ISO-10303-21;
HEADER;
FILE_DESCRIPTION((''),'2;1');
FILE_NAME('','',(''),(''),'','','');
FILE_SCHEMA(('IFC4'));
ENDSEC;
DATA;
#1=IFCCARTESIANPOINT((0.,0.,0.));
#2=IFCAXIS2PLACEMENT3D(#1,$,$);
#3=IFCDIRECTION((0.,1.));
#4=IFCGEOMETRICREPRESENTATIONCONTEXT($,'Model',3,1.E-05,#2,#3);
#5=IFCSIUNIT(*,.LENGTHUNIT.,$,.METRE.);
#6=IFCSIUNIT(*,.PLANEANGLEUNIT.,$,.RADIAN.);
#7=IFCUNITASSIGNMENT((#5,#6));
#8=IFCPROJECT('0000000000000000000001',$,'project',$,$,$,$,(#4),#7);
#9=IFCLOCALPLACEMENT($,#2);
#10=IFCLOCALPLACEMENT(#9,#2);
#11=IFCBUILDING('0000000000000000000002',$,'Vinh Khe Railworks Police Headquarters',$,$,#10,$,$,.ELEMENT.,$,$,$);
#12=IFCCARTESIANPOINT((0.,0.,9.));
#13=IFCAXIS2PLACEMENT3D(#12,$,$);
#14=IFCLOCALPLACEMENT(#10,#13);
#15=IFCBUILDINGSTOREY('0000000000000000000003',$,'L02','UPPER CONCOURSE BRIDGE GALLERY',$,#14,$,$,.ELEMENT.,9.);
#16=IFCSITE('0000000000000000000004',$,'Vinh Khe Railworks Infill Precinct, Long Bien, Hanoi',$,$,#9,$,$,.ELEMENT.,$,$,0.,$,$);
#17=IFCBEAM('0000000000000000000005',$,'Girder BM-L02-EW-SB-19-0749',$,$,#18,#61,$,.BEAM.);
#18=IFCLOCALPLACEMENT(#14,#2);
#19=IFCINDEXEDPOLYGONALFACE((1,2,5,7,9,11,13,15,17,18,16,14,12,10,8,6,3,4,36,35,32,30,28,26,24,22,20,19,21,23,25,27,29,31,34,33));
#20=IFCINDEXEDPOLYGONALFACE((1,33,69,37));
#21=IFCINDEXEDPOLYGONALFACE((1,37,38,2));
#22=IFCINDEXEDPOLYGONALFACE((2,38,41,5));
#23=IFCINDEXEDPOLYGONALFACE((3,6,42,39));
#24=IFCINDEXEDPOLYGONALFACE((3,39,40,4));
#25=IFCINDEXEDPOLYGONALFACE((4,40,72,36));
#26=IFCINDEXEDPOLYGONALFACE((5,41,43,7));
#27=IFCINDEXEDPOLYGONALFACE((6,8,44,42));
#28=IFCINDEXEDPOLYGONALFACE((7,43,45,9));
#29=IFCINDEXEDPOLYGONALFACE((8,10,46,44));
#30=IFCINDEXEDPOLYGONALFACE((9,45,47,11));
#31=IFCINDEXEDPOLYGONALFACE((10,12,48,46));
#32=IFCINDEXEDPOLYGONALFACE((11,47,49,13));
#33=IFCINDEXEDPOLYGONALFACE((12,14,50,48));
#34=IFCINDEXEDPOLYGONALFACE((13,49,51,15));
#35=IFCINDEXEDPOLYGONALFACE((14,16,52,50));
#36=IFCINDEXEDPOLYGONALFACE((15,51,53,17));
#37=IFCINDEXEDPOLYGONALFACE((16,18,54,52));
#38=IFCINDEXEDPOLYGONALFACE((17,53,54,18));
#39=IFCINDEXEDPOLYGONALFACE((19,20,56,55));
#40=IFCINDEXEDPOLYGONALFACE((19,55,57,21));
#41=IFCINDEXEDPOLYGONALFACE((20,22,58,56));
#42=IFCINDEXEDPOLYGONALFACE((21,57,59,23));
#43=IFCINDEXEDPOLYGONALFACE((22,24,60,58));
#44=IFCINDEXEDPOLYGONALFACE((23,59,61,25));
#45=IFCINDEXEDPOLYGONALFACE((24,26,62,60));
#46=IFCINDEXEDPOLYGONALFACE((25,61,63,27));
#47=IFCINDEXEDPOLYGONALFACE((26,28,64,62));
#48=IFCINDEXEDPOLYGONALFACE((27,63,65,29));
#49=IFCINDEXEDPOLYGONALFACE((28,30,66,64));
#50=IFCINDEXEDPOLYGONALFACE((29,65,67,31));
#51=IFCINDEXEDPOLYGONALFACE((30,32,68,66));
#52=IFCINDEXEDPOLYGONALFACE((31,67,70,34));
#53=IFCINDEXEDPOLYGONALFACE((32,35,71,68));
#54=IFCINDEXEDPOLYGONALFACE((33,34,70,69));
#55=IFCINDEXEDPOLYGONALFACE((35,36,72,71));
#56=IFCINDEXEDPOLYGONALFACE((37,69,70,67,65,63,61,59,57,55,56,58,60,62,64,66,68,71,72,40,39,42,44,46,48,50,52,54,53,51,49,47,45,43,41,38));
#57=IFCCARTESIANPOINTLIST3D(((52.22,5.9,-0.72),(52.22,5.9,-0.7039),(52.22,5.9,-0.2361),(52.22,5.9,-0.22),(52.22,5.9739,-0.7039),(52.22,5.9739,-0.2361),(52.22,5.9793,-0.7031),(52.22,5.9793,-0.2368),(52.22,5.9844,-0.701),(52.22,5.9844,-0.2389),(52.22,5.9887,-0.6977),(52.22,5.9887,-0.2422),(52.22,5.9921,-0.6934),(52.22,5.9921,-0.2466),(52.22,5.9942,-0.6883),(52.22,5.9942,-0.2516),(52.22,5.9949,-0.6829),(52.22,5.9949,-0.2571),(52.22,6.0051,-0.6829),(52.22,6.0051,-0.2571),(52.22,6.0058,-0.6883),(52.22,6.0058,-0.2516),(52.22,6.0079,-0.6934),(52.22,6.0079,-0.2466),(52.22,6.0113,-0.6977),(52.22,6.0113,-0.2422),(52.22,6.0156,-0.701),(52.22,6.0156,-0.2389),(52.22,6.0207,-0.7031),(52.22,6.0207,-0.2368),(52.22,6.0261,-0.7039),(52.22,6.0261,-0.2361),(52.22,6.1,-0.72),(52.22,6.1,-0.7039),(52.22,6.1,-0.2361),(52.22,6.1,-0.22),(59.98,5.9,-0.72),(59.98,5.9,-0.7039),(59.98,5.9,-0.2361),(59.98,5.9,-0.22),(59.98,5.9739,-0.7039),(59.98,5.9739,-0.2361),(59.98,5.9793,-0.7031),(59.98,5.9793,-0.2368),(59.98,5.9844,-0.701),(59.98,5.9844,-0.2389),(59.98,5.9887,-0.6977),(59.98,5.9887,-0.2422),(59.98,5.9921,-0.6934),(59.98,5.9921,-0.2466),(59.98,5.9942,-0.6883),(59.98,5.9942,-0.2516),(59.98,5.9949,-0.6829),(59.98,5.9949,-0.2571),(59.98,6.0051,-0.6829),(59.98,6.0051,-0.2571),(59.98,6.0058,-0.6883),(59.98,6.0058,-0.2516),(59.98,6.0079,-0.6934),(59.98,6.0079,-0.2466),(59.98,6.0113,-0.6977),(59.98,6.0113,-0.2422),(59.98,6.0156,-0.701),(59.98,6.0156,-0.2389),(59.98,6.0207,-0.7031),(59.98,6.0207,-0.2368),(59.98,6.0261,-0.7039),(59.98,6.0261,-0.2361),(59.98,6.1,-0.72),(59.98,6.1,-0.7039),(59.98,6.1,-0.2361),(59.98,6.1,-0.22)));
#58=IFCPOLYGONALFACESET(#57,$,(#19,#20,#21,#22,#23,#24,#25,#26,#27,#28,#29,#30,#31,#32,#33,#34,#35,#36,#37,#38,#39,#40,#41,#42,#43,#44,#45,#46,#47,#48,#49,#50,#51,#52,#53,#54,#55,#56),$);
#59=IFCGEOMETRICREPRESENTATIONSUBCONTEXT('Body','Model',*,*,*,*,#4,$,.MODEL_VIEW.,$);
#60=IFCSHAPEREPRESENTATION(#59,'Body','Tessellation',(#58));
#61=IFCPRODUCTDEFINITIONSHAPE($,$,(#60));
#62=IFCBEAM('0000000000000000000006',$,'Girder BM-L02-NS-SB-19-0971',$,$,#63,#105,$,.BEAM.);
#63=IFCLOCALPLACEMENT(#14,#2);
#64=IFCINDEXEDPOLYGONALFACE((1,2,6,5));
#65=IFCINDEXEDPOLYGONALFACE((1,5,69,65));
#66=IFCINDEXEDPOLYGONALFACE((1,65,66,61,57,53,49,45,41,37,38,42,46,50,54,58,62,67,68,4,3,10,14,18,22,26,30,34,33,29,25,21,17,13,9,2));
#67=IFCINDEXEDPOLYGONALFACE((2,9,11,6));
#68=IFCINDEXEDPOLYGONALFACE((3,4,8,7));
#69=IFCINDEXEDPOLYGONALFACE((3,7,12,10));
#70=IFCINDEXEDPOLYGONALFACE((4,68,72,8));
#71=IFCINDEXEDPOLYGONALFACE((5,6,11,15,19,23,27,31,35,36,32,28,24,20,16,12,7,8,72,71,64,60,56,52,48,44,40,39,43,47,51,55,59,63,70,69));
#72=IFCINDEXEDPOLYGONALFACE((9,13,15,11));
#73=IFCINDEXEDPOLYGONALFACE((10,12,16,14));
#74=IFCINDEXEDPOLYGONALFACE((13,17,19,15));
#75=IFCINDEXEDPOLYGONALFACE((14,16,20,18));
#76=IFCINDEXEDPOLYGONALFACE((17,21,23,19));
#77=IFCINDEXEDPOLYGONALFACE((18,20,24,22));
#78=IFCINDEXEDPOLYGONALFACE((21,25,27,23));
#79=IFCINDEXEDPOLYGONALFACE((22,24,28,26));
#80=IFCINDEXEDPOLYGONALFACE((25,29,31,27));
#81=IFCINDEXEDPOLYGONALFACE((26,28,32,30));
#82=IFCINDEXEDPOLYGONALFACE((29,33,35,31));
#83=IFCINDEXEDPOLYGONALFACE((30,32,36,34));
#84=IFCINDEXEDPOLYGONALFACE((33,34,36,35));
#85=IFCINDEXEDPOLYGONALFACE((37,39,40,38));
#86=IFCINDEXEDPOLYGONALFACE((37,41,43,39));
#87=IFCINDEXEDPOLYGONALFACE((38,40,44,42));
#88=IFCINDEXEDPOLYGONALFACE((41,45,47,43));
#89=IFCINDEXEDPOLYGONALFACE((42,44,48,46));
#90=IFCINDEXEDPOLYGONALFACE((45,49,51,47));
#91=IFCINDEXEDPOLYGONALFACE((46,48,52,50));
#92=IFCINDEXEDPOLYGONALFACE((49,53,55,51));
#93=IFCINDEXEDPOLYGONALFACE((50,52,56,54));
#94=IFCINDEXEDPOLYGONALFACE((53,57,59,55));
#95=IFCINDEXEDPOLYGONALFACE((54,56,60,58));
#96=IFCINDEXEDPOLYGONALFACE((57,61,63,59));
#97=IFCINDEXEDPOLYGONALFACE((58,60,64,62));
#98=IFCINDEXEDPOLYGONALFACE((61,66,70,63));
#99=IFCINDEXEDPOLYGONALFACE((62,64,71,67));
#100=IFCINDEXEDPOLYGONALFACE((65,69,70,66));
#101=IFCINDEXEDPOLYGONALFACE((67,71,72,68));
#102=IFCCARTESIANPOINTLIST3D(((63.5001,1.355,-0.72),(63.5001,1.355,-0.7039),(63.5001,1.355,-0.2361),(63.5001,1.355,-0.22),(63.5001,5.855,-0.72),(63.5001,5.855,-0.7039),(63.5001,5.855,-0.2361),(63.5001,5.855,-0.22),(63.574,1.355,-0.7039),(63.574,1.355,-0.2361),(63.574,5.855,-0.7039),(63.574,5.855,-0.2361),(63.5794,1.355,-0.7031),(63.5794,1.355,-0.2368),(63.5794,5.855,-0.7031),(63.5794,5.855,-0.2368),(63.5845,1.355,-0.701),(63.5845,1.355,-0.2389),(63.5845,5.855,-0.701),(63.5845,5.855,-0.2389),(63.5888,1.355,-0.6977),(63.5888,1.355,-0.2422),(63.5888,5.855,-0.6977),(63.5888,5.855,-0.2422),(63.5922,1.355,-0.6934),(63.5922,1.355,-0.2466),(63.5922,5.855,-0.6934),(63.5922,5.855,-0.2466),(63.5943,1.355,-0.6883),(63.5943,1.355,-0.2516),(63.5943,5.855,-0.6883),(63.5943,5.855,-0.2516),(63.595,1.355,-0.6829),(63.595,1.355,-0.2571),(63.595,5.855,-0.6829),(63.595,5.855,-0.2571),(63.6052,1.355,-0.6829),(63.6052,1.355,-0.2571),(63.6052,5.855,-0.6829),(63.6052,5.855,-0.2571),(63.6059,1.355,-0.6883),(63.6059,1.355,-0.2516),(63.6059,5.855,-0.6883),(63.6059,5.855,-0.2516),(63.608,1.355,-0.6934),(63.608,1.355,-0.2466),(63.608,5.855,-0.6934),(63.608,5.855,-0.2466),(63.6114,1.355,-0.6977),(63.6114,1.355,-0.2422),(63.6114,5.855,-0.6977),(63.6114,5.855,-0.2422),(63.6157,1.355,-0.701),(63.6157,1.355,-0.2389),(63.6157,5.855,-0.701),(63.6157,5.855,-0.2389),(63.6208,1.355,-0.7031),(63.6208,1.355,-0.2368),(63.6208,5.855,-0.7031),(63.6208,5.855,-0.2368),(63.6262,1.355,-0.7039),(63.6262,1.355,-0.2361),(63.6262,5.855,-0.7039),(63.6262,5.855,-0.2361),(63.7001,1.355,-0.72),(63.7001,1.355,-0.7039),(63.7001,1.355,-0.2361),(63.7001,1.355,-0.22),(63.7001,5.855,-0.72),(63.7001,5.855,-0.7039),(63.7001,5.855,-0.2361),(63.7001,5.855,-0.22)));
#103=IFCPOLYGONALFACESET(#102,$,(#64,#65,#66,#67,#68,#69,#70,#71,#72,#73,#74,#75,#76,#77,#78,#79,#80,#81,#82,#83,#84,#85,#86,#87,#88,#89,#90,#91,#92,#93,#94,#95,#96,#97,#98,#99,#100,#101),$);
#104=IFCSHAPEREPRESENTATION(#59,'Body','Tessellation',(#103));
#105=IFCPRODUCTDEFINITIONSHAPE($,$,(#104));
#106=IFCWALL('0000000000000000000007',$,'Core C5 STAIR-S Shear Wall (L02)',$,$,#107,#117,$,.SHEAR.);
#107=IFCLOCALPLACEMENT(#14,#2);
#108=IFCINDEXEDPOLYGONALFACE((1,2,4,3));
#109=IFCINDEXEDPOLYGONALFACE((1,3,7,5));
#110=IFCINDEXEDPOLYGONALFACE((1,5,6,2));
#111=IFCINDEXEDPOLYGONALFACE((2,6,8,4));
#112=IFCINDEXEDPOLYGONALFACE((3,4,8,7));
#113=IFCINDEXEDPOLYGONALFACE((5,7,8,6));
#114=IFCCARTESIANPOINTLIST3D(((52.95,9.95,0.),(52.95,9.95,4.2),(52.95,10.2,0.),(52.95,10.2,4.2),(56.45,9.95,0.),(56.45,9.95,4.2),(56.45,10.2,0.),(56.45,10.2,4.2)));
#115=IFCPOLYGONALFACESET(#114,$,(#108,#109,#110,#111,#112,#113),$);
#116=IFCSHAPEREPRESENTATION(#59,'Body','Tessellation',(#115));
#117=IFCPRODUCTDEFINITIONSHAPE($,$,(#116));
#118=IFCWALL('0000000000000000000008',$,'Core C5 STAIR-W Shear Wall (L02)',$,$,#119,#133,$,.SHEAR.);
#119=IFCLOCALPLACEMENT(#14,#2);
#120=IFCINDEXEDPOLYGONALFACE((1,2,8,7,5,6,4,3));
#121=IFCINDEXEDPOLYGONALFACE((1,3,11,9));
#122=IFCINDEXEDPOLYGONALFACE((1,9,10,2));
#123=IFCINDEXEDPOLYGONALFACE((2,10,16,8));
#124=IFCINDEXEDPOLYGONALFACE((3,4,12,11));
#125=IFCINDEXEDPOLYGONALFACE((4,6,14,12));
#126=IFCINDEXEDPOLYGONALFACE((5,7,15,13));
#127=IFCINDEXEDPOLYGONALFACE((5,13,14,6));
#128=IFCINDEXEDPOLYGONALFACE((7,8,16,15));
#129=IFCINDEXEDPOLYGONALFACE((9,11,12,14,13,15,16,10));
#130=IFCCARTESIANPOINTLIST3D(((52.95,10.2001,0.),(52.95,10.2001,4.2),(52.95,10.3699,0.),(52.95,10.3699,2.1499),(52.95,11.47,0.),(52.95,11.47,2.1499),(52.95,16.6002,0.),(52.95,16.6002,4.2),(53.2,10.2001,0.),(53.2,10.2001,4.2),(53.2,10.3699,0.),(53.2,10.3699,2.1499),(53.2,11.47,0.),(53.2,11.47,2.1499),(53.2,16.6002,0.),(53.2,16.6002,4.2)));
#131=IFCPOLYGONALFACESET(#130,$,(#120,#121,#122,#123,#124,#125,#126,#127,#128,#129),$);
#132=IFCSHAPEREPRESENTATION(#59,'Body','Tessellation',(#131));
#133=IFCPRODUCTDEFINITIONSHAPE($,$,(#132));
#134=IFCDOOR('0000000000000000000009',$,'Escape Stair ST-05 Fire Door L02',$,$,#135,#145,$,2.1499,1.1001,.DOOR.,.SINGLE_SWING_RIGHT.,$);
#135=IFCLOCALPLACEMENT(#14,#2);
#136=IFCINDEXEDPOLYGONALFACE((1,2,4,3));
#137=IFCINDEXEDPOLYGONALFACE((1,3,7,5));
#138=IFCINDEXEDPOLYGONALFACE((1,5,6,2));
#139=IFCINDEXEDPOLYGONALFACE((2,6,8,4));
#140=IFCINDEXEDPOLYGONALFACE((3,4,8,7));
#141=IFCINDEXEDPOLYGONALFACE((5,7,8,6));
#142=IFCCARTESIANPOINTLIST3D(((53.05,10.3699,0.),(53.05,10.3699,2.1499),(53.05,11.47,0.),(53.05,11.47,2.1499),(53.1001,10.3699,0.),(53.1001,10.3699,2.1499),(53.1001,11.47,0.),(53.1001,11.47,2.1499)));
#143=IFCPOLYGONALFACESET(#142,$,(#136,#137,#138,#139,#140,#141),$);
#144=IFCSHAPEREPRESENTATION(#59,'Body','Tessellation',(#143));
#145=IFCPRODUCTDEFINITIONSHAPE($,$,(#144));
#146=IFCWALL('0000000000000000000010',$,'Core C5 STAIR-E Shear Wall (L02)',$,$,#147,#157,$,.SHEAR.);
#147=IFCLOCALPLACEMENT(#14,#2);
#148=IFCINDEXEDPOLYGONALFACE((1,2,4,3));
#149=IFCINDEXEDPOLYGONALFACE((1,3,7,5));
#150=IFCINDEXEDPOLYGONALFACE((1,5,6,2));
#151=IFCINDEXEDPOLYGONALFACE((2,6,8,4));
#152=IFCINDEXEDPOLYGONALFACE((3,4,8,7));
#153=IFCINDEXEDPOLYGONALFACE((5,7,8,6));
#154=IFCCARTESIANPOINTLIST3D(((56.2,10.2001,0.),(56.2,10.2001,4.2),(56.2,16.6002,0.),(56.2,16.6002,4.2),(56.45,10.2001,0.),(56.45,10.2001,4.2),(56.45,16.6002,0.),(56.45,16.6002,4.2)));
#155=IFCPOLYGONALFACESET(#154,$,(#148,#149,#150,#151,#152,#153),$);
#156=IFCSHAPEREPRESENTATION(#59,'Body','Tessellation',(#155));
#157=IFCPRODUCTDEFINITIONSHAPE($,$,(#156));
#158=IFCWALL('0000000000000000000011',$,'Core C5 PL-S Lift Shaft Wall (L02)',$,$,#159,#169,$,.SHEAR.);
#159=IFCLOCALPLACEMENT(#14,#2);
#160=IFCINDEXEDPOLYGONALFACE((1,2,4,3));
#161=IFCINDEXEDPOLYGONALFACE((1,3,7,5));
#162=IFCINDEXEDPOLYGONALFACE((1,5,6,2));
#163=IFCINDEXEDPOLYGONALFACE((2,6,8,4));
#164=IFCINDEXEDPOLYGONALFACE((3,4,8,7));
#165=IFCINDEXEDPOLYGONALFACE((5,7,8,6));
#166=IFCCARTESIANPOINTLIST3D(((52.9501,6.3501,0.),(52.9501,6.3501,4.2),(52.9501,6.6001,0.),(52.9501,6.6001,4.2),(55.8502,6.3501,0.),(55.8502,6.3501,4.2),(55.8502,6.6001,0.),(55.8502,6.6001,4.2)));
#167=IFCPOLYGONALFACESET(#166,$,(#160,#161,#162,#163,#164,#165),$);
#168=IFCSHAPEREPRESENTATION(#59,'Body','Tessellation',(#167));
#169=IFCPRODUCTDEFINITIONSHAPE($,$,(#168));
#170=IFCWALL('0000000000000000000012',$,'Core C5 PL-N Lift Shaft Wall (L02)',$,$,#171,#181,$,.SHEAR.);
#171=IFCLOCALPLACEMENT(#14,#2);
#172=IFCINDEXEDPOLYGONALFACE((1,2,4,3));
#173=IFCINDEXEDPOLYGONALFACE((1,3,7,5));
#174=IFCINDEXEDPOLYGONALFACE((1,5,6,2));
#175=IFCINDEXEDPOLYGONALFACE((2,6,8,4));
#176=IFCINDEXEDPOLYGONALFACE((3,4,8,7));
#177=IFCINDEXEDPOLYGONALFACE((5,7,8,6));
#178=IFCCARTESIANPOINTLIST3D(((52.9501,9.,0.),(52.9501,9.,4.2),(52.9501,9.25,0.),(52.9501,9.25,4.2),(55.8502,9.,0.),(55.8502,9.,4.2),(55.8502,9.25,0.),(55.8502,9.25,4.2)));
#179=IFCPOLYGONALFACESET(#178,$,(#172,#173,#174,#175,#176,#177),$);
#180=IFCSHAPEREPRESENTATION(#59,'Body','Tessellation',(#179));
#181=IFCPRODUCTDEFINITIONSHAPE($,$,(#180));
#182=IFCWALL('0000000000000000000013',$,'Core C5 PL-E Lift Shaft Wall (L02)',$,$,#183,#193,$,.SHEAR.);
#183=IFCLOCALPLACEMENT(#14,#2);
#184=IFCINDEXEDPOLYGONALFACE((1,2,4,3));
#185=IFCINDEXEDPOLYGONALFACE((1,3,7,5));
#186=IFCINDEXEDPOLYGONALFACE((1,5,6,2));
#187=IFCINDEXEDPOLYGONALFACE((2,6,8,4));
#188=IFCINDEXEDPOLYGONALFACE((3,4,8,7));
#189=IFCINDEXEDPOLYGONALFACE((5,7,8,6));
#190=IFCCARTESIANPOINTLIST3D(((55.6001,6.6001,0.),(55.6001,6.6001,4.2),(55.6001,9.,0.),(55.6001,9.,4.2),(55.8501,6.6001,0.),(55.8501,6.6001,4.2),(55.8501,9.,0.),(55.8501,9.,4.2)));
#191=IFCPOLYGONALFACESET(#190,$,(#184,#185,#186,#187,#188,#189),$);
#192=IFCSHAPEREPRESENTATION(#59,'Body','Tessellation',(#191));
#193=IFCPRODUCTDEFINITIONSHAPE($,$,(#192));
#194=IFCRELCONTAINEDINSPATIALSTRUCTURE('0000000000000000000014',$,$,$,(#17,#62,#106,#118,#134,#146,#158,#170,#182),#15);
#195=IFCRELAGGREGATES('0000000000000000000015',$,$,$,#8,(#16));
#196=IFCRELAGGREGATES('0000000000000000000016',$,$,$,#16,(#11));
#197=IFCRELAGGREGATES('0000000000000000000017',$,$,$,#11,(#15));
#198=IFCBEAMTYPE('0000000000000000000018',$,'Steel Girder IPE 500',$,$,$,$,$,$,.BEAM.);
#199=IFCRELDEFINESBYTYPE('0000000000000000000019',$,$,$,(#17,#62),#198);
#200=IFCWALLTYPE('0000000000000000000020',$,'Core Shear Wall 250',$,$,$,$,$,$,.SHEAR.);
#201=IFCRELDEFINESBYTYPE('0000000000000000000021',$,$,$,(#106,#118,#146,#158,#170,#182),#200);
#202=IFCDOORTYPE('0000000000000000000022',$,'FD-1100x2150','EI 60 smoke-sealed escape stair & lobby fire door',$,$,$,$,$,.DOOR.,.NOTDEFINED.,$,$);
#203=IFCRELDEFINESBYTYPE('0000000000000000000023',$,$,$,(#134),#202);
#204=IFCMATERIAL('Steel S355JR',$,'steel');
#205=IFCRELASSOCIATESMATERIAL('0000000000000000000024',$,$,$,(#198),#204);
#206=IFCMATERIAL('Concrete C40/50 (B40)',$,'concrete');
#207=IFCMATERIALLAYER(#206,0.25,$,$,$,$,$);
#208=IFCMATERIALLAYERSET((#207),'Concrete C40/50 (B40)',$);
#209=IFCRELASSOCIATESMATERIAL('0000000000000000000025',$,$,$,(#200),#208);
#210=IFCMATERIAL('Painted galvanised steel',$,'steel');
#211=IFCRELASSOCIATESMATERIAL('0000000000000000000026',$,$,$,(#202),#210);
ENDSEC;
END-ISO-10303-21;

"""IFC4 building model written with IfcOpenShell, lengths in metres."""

from ifc_helpers import new_model, si_unit, direction, frame, frame_2d, origin, origin_2d, place, context, subcontext, project, spatial, rectangle, i_section, extrude, material, layer, layer_set, material_profile, profile_set, type_object, element, fill, save


model = new_model("IFC4")

# Units and contexts
model_context = context("Model", 3, precision=1e-05, world=origin(), true_north=direction((0.0, 1.0)))
body_context = subcontext(model_context, "Body", "Model", "MODEL_VIEW")
ifc_project = project(units=[si_unit("LENGTHUNIT", "METRE"), si_unit("PLANEANGLEUNIT", "RADIAN")], contexts=[model_context])

# Site, building, storey
site_placement = place(None, origin())
site = spatial("IfcSite", under=ifc_project, at=site_placement, Name="Vinh Khe Railworks Infill Precinct, Long Bien, Hanoi", CompositionType="ELEMENT", RefElevation=0.0)
building_placement = place(site_placement, origin())
building = spatial("IfcBuilding", under=site, at=building_placement, Name="Vinh Khe Railworks Police Headquarters", CompositionType="ELEMENT")
storey_placement = place(building_placement, frame((0.0, 0.0, 9.0)))
storey = spatial("IfcBuildingStorey", under=building, at=storey_placement, Name="L02", Description="UPPER CONCOURSE BRIDGE GALLERY", CompositionType="ELEMENT", Elevation=9.0)

# Beams
ifc_material_1 = material(Name="Steel S355JR", Category="steel")
ifc_material_profile_1 = material_profile(ifc_material_1, i_section(OverallWidth=0.2, OverallDepth=0.5, WebThickness=0.0103, FlangeThickness=0.0161, FilletRadius=0.021, at=origin_2d()), Name="IPE 500")
ifc_profile_set_1 = profile_set([ifc_material_profile_1], Name="Steel S355JR")
beam_type_1 = type_object("IfcBeamType", Name="Steel Girder IPE 500", PredefinedType="BEAM", material=ifc_profile_set_1)
beam_1_placement = place(storey_placement, frame((52.22, 6.0, -0.47), z_axis=(1.0, 0.0, 0.0), x_axis=(0.0, 1.0, 0.0)))
element("IfcBeam", 1, at=beam_1_placement, inside=storey, type_object=beam_type_1, Name="Girder BM-L02-EW-SB-19-0749", PredefinedType="BEAM", context=body_context, shape_type="SweptSolid", body=[
    extrude(i_section(OverallWidth=0.2, OverallDepth=0.5, WebThickness=0.0103, FlangeThickness=0.0161, FilletRadius=0.021, at=origin_2d()), origin(), (0.0, 0.0, 1.0), 7.76),
])
beam_2_placement = place(storey_placement, frame((63.6001, 1.355, -0.47), z_axis=(0.0, 1.0, 0.0), x_axis=(-1.0, 0.0, 0.0)))
element("IfcBeam", 2, at=beam_2_placement, inside=storey, type_object=beam_type_1, Name="Girder BM-L02-NS-SB-19-0971", PredefinedType="BEAM", context=body_context, shape_type="SweptSolid", body=[
    extrude(i_section(OverallWidth=0.2, OverallDepth=0.5, WebThickness=0.0103, FlangeThickness=0.0161, FilletRadius=0.021, at=origin_2d()), origin(), (0.0, 0.0, 1.0), 4.5),
])

# Wall
ifc_material_2 = material(Name="Concrete C40/50 (B40)", Category="concrete")
ifc_layer_1 = layer(ifc_material_2, 0.25)
ifc_layer_set_1 = layer_set([ifc_layer_1], Name="Concrete C40/50 (B40)")
wall_type_1 = type_object("IfcWallType", Name="Core Shear Wall 250", PredefinedType="SHEAR", material=ifc_layer_set_1)
wall_1_placement = place(storey_placement, frame((52.95, 10.075, 0.0), z_axis=(0.0, 0.0, 1.0), x_axis=(1.0, 0.0, 0.0)))
element("IfcWall", 3, at=wall_1_placement, inside=storey, type_object=wall_type_1, Name="Core C5 STAIR-S Shear Wall (L02)", PredefinedType="SHEAR", context=body_context, shape_type="SweptSolid", body=[
    extrude(rectangle(XDim=3.5, YDim=0.25, at=frame_2d((1.75, 0.0))), origin(), (0.0, 0.0, 1.0), 4.2),
])

# Wall, opening, door
wall_2_placement = place(storey_placement, frame((53.075, 10.2, 0.0), z_axis=(0.0, 0.0, 1.0), x_axis=(0.0, 1.0, 0.0)))
wall_2 = element("IfcWall", 4, at=wall_2_placement, inside=storey, type_object=wall_type_1, Name="Core C5 STAIR-W Shear Wall (L02)", PredefinedType="SHEAR", context=body_context, shape_type="SweptSolid", body=[
    extrude(rectangle(XDim=6.4001, YDim=0.25, at=frame_2d((3.2002, 0.0))), origin(), (0.0, 0.0, 1.0), 4.2),
])
opening_1_placement = place(wall_2_placement, frame((0.1699, 0.0, 0.0)))
opening_1 = element("IfcOpeningElement", 5, at=opening_1_placement, cuts=wall_2, PredefinedType="OPENING", context=body_context, shape_type="SweptSolid", body=[
    extrude(rectangle(XDim=1.1001, YDim=2.1499, at=frame_2d((0.55, 1.075))), frame((0.0, 0.1399, 0.0), z_axis=(0.0, -1.0, 0.0), x_axis=(1.0, 0.0, 0.0)), (0.0, 0.0, 1.0), 0.2798),
])
ifc_material_3 = material(Name="Painted galvanised steel", Category="steel")
door_type_1 = type_object("IfcDoorType", Name="FD-1100x2150", Description="EI 60 smoke-sealed escape stair & lobby fire door", OperationType="NOTDEFINED", PredefinedType="DOOR", material=ifc_material_3)
door_1_placement = place(opening_1_placement, origin())
door_1 = element("IfcDoor", 6, at=door_1_placement, inside=storey, type_object=door_type_1, Name="Escape Stair ST-05 Fire Door L02", OperationType="SINGLE_SWING_RIGHT", OverallHeight=2.1499, OverallWidth=1.1001, PredefinedType="DOOR", context=body_context, shape_type="SweptSolid", body=[
    extrude(rectangle(XDim=1.1001, YDim=2.1499, at=frame_2d((0.55, 1.075))), frame((0.0, 0.0249, 0.0), z_axis=(0.0, -1.0, 0.0), x_axis=(1.0, 0.0, 0.0)), (0.0, 0.0, 1.0), 0.05),
])
fill(opening_1, door_1)

# Walls
wall_3_placement = place(storey_placement, frame((56.325, 10.2, 0.0), z_axis=(0.0, 0.0, 1.0), x_axis=(0.0, 1.0, 0.0)))
element("IfcWall", 7, at=wall_3_placement, inside=storey, type_object=wall_type_1, Name="Core C5 STAIR-E Shear Wall (L02)", PredefinedType="SHEAR", context=body_context, shape_type="SweptSolid", body=[
    extrude(rectangle(XDim=6.4001, YDim=0.25, at=frame_2d((3.2002, 0.0))), origin(), (0.0, 0.0, 1.0), 4.2),
])
for number, where, z_axis, x_axis, name in (
    (8, (52.95, 6.4751, 0.0), (0.0, 0.0, 1.0), (1.0, 0.0, 0.0), "Core C5 PL-S Lift Shaft Wall (L02)"),
    (9, (52.95, 9.125, 0.0), (0.0, 0.0, 1.0), (1.0, 0.0, 0.0), "Core C5 PL-N Lift Shaft Wall (L02)"),
):
    element("IfcWall", number, at=place(storey_placement, frame(where, z_axis=z_axis, x_axis=x_axis)), inside=storey, type_object=wall_type_1, Name=name, PredefinedType="SHEAR", context=body_context, shape_type="SweptSolid", body=[
        extrude(rectangle(XDim=2.9001, YDim=0.25, at=frame_2d((1.4502, 0.0))), origin(), (0.0, 0.0, 1.0), 4.2),
    ])

# Wall
wall_4_placement = place(storey_placement, frame((55.7251, 6.6001, 0.0), z_axis=(0.0, 0.0, 1.0), x_axis=(0.0, 1.0, 0.0)))
element("IfcWall", 10, at=wall_4_placement, inside=storey, type_object=wall_type_1, Name="Core C5 PL-E Lift Shaft Wall (L02)", PredefinedType="SHEAR", context=body_context, shape_type="SweptSolid", body=[
    extrude(rectangle(XDim=2.3999, YDim=0.25, at=frame_2d((1.2, 0.0))), origin(), (0.0, 0.0, 1.0), 4.2),
])

save(model, "model.ifc")
